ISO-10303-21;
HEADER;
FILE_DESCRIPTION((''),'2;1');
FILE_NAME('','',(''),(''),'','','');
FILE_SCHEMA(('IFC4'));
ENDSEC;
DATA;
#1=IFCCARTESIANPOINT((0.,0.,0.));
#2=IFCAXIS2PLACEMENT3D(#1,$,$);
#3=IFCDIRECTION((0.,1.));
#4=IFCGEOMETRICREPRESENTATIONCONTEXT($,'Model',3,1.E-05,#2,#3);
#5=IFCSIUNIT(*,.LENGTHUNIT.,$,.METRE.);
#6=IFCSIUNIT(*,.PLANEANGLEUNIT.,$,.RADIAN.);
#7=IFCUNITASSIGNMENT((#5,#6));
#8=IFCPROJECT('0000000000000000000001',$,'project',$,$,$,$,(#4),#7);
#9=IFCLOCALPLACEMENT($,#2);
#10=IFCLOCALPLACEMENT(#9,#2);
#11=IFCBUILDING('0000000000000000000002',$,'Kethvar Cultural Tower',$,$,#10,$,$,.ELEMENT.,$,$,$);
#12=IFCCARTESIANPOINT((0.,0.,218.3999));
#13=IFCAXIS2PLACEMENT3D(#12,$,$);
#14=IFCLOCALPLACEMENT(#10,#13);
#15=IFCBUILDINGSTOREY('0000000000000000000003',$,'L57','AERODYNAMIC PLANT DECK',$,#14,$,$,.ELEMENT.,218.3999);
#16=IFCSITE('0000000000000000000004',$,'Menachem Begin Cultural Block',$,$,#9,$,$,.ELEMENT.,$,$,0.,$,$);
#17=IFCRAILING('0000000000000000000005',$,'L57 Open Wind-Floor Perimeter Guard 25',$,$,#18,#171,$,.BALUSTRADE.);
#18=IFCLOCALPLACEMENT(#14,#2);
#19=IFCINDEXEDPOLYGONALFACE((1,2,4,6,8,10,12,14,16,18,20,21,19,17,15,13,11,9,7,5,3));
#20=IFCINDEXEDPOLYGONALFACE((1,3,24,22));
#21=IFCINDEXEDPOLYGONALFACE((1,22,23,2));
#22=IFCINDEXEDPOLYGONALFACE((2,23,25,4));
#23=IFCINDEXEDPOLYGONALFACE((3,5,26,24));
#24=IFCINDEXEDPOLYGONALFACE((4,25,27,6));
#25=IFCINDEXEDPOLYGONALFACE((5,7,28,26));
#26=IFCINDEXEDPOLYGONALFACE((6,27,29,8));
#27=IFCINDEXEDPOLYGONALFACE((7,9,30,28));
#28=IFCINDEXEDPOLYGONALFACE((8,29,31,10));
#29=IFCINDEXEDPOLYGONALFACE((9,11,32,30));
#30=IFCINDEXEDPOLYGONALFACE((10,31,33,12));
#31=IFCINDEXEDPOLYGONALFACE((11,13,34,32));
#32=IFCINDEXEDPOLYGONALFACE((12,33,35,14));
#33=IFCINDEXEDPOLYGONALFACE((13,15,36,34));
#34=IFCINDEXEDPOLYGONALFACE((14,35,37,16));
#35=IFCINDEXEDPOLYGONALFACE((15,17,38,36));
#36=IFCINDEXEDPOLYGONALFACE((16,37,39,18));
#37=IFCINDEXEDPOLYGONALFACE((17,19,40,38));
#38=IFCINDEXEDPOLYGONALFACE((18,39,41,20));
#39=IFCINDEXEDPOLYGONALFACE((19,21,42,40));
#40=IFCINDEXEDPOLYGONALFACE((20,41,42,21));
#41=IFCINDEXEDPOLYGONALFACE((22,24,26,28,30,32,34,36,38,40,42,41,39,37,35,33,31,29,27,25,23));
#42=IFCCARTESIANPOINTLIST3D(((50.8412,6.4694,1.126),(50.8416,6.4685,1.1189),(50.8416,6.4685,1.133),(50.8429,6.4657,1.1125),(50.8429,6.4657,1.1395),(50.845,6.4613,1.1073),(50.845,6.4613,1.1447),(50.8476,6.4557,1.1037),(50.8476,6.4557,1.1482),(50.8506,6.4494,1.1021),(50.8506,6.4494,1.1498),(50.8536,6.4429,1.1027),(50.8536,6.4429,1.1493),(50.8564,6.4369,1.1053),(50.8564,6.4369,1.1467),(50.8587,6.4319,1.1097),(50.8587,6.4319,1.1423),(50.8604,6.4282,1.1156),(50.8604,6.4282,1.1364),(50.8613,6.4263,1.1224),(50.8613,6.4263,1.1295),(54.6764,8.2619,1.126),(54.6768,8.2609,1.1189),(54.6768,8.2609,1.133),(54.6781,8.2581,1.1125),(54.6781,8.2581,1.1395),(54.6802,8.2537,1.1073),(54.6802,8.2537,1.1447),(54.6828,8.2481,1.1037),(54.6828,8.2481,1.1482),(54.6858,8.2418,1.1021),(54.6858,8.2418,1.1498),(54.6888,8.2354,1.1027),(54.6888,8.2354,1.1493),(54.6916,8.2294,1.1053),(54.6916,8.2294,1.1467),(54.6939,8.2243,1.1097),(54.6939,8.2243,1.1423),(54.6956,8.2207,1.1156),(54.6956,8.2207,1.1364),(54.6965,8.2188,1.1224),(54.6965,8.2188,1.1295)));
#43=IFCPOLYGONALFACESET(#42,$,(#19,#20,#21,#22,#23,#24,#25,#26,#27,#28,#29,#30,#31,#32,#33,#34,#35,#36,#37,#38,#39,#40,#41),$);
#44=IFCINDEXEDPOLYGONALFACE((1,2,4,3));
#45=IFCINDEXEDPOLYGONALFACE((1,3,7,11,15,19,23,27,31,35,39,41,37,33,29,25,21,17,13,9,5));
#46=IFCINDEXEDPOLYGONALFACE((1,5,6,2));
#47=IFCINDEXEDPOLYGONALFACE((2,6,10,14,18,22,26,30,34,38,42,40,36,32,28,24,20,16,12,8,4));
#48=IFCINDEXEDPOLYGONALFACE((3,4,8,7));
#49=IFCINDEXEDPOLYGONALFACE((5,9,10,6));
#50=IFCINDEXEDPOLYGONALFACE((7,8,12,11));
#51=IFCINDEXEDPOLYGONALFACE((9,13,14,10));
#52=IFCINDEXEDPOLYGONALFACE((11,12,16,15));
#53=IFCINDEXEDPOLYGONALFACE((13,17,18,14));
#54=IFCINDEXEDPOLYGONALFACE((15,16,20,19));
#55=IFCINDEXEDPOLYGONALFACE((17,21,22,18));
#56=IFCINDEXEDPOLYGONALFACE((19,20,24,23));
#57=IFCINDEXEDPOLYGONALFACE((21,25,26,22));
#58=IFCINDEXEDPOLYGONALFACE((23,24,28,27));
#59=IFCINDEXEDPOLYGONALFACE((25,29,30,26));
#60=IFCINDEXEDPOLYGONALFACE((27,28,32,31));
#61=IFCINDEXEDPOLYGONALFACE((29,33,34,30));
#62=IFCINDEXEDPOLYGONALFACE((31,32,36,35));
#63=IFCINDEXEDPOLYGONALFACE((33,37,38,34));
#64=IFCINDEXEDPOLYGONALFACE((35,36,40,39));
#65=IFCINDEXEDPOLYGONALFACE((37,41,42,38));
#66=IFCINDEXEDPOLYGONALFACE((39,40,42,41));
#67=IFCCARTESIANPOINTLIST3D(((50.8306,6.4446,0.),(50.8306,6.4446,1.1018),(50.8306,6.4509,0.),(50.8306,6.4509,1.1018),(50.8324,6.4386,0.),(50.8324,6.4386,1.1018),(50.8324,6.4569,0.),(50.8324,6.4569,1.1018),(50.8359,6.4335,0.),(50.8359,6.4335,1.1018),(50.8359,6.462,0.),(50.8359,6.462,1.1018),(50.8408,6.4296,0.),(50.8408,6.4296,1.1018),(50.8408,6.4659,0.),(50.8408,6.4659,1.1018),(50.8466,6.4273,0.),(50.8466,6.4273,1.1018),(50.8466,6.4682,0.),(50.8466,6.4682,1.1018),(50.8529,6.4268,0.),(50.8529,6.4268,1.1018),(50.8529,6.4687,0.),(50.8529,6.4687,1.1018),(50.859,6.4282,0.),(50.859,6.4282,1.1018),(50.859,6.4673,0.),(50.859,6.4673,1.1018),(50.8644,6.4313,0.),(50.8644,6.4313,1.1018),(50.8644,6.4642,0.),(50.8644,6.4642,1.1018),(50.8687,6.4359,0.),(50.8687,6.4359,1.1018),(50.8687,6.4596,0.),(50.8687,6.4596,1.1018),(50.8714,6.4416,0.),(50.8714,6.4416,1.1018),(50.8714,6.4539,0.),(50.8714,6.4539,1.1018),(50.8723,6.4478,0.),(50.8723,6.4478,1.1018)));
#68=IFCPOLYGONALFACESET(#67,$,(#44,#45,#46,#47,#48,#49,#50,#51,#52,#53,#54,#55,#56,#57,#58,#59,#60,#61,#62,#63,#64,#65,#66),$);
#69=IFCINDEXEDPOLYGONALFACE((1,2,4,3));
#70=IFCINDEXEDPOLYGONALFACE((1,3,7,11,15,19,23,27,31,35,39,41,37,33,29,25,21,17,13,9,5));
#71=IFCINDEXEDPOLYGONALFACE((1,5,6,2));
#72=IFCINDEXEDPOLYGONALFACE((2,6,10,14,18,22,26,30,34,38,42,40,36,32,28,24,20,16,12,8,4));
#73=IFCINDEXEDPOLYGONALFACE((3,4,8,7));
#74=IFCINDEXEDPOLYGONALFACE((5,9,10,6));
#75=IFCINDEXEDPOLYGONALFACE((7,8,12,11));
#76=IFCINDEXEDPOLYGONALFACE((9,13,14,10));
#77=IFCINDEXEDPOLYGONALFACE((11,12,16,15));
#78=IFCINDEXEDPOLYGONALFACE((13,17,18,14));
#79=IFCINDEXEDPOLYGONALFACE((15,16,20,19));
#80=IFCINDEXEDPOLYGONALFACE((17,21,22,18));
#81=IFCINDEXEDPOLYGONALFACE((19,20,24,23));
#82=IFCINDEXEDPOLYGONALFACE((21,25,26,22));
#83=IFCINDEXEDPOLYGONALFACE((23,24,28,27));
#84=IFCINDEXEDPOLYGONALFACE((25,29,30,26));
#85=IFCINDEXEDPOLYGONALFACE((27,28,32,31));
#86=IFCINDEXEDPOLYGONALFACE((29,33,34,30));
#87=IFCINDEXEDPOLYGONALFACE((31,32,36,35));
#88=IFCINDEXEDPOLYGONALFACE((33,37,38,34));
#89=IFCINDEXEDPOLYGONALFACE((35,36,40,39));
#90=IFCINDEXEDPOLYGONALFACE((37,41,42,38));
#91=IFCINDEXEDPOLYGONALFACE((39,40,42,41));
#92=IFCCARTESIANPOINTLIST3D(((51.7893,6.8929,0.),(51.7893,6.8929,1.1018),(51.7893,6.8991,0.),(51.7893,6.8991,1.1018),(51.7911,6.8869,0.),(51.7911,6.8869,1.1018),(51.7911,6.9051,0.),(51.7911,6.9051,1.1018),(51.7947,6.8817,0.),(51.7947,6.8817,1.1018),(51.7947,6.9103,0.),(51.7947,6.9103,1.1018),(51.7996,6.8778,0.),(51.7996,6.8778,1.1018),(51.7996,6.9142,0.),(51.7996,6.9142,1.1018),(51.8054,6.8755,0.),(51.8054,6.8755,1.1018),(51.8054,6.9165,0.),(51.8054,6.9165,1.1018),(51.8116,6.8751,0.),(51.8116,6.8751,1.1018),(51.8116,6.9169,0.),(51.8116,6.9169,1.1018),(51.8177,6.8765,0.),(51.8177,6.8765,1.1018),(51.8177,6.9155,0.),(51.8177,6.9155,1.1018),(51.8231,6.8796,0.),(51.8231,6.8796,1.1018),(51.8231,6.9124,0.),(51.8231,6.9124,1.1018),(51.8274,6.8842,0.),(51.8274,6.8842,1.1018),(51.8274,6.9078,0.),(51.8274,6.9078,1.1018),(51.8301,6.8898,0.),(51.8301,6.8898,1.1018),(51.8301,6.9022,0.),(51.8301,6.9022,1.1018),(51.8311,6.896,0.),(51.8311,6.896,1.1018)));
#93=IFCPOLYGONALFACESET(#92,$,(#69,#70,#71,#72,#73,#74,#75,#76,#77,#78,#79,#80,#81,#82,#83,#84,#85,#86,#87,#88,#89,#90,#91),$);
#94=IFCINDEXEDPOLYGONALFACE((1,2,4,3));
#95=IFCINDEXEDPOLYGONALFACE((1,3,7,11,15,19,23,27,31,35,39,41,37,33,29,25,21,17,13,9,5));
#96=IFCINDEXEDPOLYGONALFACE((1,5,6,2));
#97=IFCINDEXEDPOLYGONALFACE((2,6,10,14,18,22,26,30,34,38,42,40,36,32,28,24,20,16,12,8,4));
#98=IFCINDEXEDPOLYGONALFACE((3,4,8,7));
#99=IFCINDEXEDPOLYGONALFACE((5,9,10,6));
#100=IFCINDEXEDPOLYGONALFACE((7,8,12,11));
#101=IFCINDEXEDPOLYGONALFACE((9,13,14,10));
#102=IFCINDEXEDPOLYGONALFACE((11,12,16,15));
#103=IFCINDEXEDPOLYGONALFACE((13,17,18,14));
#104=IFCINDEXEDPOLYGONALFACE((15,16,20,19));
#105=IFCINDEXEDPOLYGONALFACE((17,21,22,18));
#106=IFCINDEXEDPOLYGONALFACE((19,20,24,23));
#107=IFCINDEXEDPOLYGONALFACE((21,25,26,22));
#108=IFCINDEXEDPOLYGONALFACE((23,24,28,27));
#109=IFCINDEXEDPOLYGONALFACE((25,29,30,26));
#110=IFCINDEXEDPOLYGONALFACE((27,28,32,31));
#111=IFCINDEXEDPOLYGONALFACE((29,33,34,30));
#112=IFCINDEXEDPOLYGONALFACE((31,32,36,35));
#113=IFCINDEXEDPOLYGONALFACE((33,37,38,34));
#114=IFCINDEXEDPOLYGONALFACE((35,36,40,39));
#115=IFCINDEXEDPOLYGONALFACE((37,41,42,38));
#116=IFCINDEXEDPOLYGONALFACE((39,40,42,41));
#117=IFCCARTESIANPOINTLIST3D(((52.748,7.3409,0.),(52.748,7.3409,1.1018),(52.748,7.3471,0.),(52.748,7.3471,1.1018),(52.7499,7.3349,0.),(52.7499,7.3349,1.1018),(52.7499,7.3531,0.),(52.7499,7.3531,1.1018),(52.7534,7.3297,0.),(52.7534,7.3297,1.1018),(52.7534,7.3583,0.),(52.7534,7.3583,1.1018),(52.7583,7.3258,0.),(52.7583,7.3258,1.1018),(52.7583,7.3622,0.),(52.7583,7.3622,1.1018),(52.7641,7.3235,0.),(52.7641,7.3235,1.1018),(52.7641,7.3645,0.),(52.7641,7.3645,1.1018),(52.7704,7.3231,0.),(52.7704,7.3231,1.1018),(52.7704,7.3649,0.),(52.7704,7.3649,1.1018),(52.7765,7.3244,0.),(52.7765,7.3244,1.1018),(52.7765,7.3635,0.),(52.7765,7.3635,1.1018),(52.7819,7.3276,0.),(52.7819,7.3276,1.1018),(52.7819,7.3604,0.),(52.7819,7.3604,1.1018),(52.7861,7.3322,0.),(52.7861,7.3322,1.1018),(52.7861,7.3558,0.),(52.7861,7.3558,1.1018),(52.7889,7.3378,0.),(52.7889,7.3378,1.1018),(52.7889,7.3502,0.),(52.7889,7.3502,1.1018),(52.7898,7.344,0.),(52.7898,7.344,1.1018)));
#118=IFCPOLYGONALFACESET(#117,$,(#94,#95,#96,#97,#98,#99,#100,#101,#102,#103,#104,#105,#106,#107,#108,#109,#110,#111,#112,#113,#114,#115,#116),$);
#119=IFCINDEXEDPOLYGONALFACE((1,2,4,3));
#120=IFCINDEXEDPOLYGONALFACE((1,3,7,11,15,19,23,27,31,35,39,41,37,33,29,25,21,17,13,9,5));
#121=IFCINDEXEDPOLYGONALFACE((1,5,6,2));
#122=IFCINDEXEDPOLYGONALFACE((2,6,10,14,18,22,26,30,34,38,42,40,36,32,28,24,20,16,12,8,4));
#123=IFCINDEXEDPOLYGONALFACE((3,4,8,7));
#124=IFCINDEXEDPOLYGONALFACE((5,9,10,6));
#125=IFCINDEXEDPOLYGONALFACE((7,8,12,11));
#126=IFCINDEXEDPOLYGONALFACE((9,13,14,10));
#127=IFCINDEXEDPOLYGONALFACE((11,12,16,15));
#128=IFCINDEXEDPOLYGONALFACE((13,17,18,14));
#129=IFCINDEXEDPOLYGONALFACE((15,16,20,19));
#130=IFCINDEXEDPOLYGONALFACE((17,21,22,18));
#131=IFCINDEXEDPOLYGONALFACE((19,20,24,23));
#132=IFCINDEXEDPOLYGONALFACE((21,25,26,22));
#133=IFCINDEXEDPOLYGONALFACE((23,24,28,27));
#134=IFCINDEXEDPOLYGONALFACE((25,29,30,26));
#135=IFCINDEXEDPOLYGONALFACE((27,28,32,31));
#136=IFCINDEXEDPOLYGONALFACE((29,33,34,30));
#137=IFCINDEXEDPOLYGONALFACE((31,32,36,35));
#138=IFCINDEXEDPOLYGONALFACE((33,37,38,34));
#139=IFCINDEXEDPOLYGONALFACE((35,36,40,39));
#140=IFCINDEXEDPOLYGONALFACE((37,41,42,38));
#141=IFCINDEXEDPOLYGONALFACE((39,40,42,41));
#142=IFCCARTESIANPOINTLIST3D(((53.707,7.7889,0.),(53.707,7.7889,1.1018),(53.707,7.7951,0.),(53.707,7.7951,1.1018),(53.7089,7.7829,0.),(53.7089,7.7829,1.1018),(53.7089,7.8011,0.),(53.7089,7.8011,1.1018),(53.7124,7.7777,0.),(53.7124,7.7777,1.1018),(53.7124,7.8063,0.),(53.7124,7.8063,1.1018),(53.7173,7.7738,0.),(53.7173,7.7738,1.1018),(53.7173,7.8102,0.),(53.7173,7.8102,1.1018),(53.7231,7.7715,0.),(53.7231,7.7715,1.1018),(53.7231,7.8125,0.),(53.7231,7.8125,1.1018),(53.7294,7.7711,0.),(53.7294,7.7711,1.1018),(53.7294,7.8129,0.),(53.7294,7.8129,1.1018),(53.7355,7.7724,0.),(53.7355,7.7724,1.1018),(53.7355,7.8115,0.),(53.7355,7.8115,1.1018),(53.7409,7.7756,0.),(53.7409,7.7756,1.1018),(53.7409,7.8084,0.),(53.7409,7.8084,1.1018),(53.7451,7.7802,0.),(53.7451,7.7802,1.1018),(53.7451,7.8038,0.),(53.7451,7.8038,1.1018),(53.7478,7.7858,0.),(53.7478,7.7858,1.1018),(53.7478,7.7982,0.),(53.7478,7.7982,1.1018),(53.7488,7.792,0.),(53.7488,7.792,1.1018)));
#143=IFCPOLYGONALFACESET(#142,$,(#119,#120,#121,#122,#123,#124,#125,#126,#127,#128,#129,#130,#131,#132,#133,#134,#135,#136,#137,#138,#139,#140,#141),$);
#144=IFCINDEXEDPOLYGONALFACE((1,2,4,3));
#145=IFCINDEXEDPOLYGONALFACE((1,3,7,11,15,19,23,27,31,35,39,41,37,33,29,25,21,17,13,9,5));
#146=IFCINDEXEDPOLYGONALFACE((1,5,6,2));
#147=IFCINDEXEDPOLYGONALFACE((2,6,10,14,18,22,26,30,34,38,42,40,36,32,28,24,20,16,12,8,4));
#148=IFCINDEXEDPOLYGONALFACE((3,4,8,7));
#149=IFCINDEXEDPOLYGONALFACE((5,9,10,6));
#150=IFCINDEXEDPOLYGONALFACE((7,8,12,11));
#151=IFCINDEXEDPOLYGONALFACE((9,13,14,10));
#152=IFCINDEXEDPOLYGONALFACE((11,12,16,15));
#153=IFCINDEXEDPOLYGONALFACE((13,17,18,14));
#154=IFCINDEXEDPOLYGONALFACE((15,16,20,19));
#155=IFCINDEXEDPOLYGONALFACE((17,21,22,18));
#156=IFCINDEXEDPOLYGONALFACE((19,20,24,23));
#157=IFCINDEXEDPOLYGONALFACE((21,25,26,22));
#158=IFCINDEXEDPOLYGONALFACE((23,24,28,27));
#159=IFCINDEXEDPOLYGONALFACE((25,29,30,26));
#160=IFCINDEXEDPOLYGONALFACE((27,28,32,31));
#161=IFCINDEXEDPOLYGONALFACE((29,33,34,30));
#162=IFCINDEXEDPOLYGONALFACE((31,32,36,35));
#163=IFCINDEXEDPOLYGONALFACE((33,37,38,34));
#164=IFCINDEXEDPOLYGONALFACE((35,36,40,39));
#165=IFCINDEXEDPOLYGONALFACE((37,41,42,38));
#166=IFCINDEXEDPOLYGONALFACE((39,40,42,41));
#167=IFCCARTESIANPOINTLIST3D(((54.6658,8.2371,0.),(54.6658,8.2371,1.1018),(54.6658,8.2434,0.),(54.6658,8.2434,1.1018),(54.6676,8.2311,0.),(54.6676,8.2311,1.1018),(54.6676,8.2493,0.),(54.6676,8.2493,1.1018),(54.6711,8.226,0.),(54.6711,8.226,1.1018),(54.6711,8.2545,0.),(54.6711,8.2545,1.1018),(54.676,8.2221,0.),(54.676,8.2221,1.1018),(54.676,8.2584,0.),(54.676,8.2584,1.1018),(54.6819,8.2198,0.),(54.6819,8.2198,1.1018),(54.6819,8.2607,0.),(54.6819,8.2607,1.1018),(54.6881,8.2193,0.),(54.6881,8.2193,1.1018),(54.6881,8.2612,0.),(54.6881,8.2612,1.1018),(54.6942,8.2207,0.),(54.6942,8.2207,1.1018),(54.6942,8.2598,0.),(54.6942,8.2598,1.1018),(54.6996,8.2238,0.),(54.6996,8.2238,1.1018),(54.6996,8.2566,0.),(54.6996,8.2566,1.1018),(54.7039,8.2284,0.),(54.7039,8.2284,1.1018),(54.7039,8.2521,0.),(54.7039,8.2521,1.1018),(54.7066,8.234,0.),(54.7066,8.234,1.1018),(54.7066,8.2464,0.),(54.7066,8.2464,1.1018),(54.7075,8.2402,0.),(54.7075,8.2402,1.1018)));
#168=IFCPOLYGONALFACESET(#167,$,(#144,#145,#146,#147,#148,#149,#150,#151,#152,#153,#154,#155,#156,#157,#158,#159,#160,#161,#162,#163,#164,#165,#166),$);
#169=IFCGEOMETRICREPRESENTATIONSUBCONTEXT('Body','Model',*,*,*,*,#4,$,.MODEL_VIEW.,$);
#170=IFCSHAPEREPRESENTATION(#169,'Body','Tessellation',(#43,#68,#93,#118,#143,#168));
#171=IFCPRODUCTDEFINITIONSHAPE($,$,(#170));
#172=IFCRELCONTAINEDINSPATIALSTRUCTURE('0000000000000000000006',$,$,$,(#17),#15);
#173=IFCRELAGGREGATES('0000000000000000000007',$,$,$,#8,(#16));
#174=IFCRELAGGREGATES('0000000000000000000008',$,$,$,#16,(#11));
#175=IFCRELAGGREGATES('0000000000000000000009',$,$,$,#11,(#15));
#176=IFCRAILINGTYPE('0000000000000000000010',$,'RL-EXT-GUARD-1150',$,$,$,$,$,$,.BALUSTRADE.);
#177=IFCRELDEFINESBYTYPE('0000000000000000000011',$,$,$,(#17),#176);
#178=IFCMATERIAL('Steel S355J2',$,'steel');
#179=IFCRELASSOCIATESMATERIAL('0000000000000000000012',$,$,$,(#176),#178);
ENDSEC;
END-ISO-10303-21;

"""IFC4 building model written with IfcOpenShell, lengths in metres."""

from ifc_helpers import new_model, si_unit, direction, frame, origin, origin_2d, place, context, subcontext, project, spatial, circle, extrude, material, type_object, element, save


model = new_model("IFC4")

# Units and contexts
model_context = context("Model", 3, precision=1e-05, world=origin(), true_north=direction((0.0, 1.0)))
body_context = subcontext(model_context, "Body", "Model", "MODEL_VIEW")
ifc_project = project(units=[si_unit("LENGTHUNIT", "METRE"), si_unit("PLANEANGLEUNIT", "RADIAN")], contexts=[model_context])

# Site, building, storey
site_placement = place(None, origin())
site = spatial("IfcSite", under=ifc_project, at=site_placement, Name="Menachem Begin Cultural Block", CompositionType="ELEMENT", RefElevation=0.0)
building_placement = place(site_placement, origin())
building = spatial("IfcBuilding", under=site, at=building_placement, Name="Kethvar Cultural Tower", CompositionType="ELEMENT")
storey_placement = place(building_placement, frame((0.0, 0.0, 218.3999)))
storey = spatial("IfcBuildingStorey", under=building, at=storey_placement, Name="L57", Description="AERODYNAMIC PLANT DECK", CompositionType="ELEMENT", Elevation=218.3999)

# Shared definitions
ifc_material_1 = material(Name="Steel S355J2", Category="steel")

# Railing
railing_type_1 = type_object("IfcRailingType", Name="RL-EXT-GUARD-1150", PredefinedType="BALUSTRADE", material=ifc_material_1)
railing_1_placement = place(storey_placement, frame((50.8513, 6.4478, 0.0)))
element("IfcRailing", 1, at=railing_1_placement, inside=storey, type_object=railing_type_1, Name="L57 Open Wind-Floor Perimeter Guard 25", PredefinedType="BALUSTRADE", context=body_context, shape_type="SweptSolid", body=[
    extrude(circle(Radius=0.0239, at=origin_2d()), frame((0.0, 0.0, 1.126), z_axis=(0.905937, 0.423413, 0.0), x_axis=(-0.423413, 0.905937, 0.0)), (0.0, 0.0, 1.0), 4.2334),
    extrude(circle(Radius=0.021, at=origin_2d()), origin(), (0.0, 0.0, 1.0), 1.1018),
    extrude(circle(Radius=0.021, at=origin_2d()), frame((0.9587, 0.4482, 0.0)), (0.0, 0.0, 1.0), 1.1018),
    extrude(circle(Radius=0.021, at=origin_2d()), frame((1.9175, 0.8962, 0.0)), (0.0, 0.0, 1.0), 1.1018),
    extrude(circle(Radius=0.021, at=origin_2d()), frame((2.8765, 1.3442, 0.0)), (0.0, 0.0, 1.0), 1.1018),
    extrude(circle(Radius=0.021, at=origin_2d()), frame((3.8352, 1.7925, 0.0)), (0.0, 0.0, 1.0), 1.1018),
])

save(model, "model.ifc")
